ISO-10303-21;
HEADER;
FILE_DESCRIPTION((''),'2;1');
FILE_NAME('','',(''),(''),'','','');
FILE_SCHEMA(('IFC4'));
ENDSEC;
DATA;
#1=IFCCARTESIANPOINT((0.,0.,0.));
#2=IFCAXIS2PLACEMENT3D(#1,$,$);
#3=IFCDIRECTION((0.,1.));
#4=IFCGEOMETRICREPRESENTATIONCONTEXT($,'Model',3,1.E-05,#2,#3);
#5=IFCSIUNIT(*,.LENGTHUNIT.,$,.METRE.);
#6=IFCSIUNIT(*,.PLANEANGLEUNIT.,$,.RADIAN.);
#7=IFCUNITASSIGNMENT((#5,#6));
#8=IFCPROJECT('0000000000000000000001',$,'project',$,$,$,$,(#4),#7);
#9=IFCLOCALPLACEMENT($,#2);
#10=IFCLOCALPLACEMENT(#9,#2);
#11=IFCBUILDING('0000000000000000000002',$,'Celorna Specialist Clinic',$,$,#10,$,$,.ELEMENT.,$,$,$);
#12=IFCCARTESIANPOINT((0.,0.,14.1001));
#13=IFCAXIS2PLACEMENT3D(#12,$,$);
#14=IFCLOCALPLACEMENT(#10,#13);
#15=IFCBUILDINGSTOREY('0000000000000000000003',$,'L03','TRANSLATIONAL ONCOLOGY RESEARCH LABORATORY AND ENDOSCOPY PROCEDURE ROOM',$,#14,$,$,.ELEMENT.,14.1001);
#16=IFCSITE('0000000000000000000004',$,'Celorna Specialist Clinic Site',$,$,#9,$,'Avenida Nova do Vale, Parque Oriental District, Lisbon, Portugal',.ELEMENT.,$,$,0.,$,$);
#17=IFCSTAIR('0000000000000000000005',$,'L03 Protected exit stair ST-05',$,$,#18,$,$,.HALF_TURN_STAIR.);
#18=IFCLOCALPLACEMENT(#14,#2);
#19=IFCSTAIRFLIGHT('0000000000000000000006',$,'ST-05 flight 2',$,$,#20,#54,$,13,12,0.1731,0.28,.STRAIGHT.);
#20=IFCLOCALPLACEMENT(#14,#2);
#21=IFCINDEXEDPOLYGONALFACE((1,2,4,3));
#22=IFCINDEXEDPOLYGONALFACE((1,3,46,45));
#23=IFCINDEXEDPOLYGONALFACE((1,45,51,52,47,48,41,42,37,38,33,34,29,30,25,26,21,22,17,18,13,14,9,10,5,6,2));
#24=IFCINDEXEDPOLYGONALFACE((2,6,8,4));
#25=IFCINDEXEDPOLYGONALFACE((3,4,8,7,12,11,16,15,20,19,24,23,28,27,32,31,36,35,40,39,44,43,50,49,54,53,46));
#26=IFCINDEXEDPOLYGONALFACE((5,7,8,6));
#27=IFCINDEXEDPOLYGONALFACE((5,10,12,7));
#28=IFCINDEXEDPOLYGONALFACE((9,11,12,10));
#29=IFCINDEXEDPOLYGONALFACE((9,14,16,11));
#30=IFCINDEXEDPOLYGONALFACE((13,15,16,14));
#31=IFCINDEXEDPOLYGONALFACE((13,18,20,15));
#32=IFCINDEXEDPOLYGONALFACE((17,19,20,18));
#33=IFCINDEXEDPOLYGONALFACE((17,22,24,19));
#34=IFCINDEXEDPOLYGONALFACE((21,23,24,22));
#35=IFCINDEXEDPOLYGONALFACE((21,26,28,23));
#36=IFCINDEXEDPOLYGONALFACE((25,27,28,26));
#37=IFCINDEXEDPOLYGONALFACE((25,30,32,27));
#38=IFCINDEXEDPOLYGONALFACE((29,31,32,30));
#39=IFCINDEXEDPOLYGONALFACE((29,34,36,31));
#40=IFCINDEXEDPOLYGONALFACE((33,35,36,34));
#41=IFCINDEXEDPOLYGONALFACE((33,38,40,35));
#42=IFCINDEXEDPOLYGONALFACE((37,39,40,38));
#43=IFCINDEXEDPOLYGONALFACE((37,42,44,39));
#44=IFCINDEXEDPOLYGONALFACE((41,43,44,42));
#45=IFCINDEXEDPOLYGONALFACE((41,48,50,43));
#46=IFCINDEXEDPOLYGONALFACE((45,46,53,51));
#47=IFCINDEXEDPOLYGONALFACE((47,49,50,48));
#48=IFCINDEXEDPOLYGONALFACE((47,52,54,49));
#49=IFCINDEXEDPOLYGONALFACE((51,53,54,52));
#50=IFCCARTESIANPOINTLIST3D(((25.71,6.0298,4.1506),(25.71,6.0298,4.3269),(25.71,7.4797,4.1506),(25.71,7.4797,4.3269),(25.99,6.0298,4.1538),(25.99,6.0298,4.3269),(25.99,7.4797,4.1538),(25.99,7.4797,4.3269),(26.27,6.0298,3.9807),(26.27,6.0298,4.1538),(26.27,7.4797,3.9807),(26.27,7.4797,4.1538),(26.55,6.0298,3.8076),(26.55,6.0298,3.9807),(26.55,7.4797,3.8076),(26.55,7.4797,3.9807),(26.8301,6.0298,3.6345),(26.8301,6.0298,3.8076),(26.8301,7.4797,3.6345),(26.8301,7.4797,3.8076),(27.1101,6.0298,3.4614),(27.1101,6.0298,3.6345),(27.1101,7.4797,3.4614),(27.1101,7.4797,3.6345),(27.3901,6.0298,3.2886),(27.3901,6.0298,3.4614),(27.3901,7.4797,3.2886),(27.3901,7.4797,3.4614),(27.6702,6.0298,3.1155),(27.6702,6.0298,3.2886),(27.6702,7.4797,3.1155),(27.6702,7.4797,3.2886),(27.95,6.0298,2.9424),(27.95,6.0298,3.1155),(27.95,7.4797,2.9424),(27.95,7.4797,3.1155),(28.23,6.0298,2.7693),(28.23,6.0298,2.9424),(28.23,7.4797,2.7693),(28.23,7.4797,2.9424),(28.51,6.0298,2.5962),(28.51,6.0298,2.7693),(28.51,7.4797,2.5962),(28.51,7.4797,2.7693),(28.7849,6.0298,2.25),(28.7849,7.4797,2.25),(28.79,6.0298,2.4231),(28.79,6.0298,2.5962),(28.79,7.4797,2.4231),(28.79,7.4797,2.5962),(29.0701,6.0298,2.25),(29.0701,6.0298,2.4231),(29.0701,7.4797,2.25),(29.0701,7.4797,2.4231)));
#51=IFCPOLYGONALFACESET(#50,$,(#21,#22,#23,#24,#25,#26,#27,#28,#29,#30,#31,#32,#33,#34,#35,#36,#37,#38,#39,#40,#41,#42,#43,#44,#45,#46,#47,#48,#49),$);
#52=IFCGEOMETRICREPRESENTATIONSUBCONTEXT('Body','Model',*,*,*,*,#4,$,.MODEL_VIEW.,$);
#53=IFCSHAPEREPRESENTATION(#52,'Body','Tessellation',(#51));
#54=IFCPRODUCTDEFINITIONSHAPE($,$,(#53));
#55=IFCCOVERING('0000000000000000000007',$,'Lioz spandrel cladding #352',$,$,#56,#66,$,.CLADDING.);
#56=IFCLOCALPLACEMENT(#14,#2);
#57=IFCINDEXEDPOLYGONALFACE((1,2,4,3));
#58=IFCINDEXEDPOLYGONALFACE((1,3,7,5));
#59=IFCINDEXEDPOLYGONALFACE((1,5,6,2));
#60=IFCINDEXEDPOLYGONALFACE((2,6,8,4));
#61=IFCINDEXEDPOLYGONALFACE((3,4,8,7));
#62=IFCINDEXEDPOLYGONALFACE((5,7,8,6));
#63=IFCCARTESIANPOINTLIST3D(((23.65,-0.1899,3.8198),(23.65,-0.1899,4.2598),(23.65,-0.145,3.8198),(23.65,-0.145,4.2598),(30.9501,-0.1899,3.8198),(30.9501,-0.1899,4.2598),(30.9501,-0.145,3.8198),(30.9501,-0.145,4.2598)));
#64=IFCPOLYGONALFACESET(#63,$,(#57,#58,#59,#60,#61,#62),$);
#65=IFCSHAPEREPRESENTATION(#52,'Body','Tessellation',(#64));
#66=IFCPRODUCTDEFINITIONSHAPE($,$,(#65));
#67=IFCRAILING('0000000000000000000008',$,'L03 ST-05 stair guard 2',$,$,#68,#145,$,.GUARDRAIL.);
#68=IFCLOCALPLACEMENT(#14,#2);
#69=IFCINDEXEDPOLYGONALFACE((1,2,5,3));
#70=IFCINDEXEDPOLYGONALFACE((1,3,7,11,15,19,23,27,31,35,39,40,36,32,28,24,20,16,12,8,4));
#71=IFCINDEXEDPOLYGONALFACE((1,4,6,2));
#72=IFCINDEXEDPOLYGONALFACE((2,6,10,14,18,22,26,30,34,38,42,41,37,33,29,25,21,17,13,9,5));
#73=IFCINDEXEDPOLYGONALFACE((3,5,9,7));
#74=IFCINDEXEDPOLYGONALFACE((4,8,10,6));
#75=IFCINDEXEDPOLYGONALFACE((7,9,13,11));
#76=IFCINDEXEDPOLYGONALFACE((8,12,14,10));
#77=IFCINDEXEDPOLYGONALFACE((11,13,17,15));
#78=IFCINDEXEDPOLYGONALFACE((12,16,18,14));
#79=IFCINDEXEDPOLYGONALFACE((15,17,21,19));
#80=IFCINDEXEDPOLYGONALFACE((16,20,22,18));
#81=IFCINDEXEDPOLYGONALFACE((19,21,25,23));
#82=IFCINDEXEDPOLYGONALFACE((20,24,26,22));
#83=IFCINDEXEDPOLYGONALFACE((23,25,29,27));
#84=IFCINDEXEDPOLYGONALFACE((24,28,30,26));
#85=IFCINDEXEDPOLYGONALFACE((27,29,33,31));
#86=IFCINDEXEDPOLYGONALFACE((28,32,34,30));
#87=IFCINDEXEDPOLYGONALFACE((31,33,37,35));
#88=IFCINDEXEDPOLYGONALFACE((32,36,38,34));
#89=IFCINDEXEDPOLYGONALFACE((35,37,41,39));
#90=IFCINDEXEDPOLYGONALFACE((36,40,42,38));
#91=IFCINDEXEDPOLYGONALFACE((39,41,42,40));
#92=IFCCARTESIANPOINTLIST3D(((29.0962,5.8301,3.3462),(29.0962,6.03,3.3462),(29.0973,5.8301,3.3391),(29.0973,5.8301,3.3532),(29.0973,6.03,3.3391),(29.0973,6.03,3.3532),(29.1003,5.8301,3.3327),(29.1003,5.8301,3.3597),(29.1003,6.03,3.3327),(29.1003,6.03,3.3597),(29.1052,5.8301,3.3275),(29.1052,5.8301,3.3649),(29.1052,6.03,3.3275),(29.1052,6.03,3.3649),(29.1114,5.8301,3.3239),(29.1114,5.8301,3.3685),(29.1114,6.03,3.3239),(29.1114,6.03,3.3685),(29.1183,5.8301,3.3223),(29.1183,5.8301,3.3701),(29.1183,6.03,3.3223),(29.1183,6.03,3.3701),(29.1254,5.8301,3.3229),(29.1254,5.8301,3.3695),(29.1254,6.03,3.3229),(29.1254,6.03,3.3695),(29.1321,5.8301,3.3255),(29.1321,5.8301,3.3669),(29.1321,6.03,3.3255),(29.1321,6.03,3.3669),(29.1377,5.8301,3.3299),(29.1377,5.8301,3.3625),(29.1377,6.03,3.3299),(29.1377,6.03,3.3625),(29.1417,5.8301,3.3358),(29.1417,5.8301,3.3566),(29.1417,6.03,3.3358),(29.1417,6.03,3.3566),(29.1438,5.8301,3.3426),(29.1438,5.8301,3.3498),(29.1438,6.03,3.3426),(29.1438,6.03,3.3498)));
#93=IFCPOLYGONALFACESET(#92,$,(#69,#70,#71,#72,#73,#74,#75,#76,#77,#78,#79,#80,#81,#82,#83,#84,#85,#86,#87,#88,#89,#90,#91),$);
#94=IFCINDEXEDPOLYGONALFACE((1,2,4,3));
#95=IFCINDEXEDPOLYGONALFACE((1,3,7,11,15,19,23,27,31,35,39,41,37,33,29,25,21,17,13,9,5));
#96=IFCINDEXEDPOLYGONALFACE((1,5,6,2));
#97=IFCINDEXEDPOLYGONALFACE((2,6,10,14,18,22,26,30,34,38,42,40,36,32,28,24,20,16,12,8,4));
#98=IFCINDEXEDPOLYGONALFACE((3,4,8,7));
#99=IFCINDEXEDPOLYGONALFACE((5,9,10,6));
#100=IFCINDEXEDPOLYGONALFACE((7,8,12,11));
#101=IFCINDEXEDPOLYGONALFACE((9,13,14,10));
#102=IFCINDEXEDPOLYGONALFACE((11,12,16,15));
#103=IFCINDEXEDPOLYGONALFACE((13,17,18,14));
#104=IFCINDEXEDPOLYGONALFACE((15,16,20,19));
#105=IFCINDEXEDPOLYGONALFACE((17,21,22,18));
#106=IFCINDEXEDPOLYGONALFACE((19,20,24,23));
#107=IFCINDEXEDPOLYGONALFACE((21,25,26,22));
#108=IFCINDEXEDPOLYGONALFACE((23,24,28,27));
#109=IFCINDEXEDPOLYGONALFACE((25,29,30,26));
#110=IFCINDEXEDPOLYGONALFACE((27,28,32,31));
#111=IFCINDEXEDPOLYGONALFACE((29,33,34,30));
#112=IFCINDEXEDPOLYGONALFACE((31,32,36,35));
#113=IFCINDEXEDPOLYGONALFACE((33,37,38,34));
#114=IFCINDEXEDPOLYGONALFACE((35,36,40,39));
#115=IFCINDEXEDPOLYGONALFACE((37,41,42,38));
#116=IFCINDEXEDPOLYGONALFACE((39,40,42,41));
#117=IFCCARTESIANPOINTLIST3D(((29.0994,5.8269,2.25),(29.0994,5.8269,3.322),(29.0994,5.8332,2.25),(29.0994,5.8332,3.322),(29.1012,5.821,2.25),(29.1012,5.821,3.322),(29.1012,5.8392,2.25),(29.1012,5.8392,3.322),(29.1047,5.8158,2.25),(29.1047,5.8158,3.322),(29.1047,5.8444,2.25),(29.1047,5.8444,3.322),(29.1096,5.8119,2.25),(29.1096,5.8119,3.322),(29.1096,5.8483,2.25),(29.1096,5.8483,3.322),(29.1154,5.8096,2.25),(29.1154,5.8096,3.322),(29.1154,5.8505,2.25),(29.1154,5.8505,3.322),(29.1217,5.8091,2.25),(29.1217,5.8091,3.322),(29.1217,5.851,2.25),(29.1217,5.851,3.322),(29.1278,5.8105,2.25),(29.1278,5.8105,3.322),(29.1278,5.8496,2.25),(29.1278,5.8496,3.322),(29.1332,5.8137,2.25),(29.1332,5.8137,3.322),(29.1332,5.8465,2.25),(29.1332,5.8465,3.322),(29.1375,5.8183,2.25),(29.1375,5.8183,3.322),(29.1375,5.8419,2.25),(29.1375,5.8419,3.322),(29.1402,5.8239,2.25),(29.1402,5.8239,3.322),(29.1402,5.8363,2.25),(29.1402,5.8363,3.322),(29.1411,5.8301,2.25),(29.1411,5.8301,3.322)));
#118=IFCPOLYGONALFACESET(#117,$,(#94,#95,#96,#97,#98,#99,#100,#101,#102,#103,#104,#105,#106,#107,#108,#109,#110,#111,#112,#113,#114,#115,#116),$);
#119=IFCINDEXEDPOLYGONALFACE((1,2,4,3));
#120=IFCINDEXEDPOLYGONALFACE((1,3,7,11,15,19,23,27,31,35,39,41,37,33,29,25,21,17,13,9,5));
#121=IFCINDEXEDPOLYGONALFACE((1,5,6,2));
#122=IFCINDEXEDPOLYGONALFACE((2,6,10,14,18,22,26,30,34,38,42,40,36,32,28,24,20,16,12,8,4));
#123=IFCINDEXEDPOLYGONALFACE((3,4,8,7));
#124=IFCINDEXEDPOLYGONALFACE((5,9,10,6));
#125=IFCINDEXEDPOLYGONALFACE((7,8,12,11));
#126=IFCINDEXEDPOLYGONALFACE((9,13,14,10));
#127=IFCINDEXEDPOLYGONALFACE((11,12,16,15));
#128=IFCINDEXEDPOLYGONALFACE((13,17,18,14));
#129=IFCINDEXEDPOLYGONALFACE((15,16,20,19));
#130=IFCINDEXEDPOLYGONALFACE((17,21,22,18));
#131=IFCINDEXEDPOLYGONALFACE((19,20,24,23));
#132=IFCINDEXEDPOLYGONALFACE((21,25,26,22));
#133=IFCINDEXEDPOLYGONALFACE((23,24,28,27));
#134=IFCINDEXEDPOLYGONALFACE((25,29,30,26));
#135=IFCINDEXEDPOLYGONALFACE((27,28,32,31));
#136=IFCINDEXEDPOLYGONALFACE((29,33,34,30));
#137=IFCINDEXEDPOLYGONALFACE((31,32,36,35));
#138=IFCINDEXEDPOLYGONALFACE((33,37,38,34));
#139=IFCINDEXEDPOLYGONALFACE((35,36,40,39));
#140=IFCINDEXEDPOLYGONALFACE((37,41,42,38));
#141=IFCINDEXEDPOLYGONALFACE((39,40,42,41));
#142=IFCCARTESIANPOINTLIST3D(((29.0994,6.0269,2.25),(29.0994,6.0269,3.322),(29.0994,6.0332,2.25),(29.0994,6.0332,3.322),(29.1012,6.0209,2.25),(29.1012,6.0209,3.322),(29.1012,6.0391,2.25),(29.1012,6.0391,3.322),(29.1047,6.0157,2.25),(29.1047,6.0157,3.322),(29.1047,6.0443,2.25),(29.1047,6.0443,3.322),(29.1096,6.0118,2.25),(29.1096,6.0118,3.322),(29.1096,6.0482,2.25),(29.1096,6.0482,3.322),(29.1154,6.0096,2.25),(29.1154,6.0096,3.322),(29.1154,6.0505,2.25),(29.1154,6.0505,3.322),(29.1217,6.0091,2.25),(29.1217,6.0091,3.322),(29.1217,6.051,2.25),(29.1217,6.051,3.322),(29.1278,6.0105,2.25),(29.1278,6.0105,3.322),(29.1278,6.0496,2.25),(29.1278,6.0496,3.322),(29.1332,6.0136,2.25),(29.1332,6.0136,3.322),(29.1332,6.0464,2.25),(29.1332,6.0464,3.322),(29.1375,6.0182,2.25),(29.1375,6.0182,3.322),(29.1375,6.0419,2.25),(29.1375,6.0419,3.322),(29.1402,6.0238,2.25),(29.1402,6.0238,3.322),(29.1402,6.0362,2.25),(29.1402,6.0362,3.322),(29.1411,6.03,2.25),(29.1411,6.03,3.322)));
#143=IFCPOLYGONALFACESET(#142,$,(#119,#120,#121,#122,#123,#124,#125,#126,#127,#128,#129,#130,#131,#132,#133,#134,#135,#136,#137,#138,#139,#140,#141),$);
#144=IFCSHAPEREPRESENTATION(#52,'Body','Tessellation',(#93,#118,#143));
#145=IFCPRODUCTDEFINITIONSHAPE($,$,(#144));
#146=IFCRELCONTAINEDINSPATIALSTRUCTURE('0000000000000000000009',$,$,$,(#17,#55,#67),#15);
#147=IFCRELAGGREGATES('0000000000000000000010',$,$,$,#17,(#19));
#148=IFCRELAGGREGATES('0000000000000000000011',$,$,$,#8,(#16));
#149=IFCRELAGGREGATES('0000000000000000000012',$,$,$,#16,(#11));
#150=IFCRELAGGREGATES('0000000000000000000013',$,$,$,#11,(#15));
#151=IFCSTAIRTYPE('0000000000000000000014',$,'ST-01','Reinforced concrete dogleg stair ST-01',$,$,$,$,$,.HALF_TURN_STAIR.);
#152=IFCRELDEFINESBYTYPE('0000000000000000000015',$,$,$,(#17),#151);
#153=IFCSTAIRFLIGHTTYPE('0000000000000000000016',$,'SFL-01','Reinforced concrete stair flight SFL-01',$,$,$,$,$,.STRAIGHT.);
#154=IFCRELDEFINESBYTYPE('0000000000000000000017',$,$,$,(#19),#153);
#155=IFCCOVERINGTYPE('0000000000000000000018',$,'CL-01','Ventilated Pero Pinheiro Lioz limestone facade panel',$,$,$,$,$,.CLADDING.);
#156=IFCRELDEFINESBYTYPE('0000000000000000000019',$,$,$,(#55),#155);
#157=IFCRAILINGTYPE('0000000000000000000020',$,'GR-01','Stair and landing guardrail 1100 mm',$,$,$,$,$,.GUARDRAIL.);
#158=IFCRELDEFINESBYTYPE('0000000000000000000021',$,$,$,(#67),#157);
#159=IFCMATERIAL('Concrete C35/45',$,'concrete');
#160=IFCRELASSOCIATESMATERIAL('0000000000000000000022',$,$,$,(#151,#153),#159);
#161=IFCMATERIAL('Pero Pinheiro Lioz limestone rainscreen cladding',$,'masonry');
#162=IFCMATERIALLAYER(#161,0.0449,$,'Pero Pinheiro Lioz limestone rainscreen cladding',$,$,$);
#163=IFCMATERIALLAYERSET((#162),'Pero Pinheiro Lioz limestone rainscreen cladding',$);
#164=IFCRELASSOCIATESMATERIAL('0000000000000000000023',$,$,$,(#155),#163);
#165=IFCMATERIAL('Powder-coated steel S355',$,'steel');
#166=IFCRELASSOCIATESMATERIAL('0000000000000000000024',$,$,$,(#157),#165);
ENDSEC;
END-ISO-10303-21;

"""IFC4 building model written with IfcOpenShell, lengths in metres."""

from ifc_helpers import new_model, si_unit, direction, frame, origin, origin_2d, place, context, subcontext, project, spatial, polyline, rectangle, circle, outline, extrude, material, layer, layer_set, type_object, element, aggregate, save


model = new_model("IFC4")

# Units and contexts
model_context = context("Model", 3, precision=1e-05, world=origin(), true_north=direction((0.0, 1.0)))
body_context = subcontext(model_context, "Body", "Model", "MODEL_VIEW")
ifc_project = project(units=[si_unit("LENGTHUNIT", "METRE"), si_unit("PLANEANGLEUNIT", "RADIAN")], contexts=[model_context])

# Site, building, storey
site_placement = place(None, origin())
site = spatial("IfcSite", under=ifc_project, at=site_placement, Name="Celorna Specialist Clinic Site", LongName="Avenida Nova do Vale, Parque Oriental District, Lisbon, Portugal", CompositionType="ELEMENT", RefElevation=0.0)
building_placement = place(site_placement, origin())
building = spatial("IfcBuilding", under=site, at=building_placement, Name="Celorna Specialist Clinic", CompositionType="ELEMENT")
storey_placement = place(building_placement, frame((0.0, 0.0, 14.1001)))
storey = spatial("IfcBuildingStorey", under=building, at=storey_placement, Name="L03", Description="TRANSLATIONAL ONCOLOGY RESEARCH LABORATORY AND ENDOSCOPY PROCEDURE ROOM", CompositionType="ELEMENT", Elevation=14.1001)

# Shared definitions
ifc_material_1 = material(Name="Concrete C35/45", Category="concrete")

# Stair, stair flight
stair_type = type_object("IfcStairType", Name="ST-01", Description="Reinforced concrete dogleg stair ST-01", PredefinedType="HALF_TURN_STAIR", material=ifc_material_1)
stair_placement = place(storey_placement, origin())
stair = element("IfcStair", 1, at=stair_placement, inside=storey, type_object=stair_type, Name="L03 Protected exit stair ST-05", PredefinedType="HALF_TURN_STAIR")
stair_flight_type = type_object("IfcStairFlightType", Name="SFL-01", Description="Reinforced concrete stair flight SFL-01", PredefinedType="STRAIGHT", material=ifc_material_1)
stair_flight_placement = place(storey_placement, frame((29.0701, 6.7549, 2.25), z_axis=(0.0, 0.0, 1.0), x_axis=(-1.0, 0.0, 0.0)))
stair_flight = element("IfcStairFlight", 2, at=stair_flight_placement, type_object=stair_flight_type, Name="ST-05 flight 2", NumberOfRisers=13, NumberOfTreads=12, PredefinedType="STRAIGHT", RiserHeight=0.1731, TreadLength=0.28, context=body_context, shape_type="SweptSolid", body=[
    extrude(outline(polyline([(0.0, 0.0), (0.0, 0.1731), (0.28, 0.1731), (0.28, 0.3462), (0.5601, 0.3462), (0.5601, 0.5193), (0.8401, 0.5193), (0.8401, 0.6924), (1.1201, 0.6924), (1.1201, 0.8655), (1.3999, 0.8655), (1.3999, 1.0386), (1.6799, 1.0386), (1.6799, 1.2114), (1.96, 1.2114), (1.96, 1.3845), (2.24, 1.3845), (2.24, 1.5576), (2.52, 1.5576), (2.52, 1.7307), (2.8, 1.7307), (2.8, 1.9038), (3.0801, 1.9038), (3.0801, 2.0769), (3.3601, 2.0769), (3.3601, 2.25), (3.3601, 1.9006), (0.2852, 0.0), (0.0, 0.0)])), frame((0.0, 0.7251, 0.0), z_axis=(0.0, -1.0, 0.0), x_axis=(1.0, 0.0, 0.0)), (0.0, 0.0, 1.0), 1.45),
])
aggregate(stair, [stair_flight])

# Covering
ifc_material_2 = material(Name="Pero Pinheiro Lioz limestone rainscreen cladding", Category="masonry")
ifc_layer_1 = layer(ifc_material_2, 0.0449, Name="Pero Pinheiro Lioz limestone rainscreen cladding")
ifc_layer_set_1 = layer_set([ifc_layer_1], Name="Pero Pinheiro Lioz limestone rainscreen cladding")
covering_type = type_object("IfcCoveringType", Name="CL-01", Description="Ventilated Pero Pinheiro Lioz limestone facade panel", PredefinedType="CLADDING", material=ifc_layer_set_1)
covering_placement = place(storey_placement, frame((27.3, -0.1675, 3.8198), z_axis=(0.0, 0.0, 1.0), x_axis=(-1.0, 0.0, 0.0)))
element("IfcCovering", 3, at=covering_placement, inside=storey, type_object=covering_type, Name="Lioz spandrel cladding #352", PredefinedType="CLADDING", context=body_context, shape_type="SweptSolid", body=[
    extrude(rectangle(XDim=7.3, YDim=0.0449, at=origin_2d()), origin(), (0.0, 0.0, 1.0), 0.4399),
])

# Railing
ifc_material_3 = material(Name="Powder-coated steel S355", Category="steel")
railing_type = type_object("IfcRailingType", Name="GR-01", Description="Stair and landing guardrail 1100 mm", PredefinedType="GUARDRAIL", material=ifc_material_3)
railing_1_placement = place(storey_placement, frame((29.1201, 5.8301, 2.25)))
element("IfcRailing", 4, at=railing_1_placement, inside=storey, type_object=railing_type, Name="L03 ST-05 stair guard 2", PredefinedType="GUARDRAIL", context=body_context, shape_type="SweptSolid", body=[
    extrude(circle(Radius=0.0239, at=origin_2d()), frame((0.0, 0.0, 1.0962), z_axis=(0.0, 1.0, 0.0), x_axis=(-1.0, 0.0, 0.0)), (0.0, 0.0, 1.0), 0.2),
    extrude(circle(Radius=0.021, at=origin_2d()), origin(), (0.0, 0.0, 1.0), 1.072),
    extrude(circle(Radius=0.021, at=origin_2d()), frame((0.0, 0.2, 0.0)), (0.0, 0.0, 1.0), 1.072),
])

save(model, "model.ifc")
